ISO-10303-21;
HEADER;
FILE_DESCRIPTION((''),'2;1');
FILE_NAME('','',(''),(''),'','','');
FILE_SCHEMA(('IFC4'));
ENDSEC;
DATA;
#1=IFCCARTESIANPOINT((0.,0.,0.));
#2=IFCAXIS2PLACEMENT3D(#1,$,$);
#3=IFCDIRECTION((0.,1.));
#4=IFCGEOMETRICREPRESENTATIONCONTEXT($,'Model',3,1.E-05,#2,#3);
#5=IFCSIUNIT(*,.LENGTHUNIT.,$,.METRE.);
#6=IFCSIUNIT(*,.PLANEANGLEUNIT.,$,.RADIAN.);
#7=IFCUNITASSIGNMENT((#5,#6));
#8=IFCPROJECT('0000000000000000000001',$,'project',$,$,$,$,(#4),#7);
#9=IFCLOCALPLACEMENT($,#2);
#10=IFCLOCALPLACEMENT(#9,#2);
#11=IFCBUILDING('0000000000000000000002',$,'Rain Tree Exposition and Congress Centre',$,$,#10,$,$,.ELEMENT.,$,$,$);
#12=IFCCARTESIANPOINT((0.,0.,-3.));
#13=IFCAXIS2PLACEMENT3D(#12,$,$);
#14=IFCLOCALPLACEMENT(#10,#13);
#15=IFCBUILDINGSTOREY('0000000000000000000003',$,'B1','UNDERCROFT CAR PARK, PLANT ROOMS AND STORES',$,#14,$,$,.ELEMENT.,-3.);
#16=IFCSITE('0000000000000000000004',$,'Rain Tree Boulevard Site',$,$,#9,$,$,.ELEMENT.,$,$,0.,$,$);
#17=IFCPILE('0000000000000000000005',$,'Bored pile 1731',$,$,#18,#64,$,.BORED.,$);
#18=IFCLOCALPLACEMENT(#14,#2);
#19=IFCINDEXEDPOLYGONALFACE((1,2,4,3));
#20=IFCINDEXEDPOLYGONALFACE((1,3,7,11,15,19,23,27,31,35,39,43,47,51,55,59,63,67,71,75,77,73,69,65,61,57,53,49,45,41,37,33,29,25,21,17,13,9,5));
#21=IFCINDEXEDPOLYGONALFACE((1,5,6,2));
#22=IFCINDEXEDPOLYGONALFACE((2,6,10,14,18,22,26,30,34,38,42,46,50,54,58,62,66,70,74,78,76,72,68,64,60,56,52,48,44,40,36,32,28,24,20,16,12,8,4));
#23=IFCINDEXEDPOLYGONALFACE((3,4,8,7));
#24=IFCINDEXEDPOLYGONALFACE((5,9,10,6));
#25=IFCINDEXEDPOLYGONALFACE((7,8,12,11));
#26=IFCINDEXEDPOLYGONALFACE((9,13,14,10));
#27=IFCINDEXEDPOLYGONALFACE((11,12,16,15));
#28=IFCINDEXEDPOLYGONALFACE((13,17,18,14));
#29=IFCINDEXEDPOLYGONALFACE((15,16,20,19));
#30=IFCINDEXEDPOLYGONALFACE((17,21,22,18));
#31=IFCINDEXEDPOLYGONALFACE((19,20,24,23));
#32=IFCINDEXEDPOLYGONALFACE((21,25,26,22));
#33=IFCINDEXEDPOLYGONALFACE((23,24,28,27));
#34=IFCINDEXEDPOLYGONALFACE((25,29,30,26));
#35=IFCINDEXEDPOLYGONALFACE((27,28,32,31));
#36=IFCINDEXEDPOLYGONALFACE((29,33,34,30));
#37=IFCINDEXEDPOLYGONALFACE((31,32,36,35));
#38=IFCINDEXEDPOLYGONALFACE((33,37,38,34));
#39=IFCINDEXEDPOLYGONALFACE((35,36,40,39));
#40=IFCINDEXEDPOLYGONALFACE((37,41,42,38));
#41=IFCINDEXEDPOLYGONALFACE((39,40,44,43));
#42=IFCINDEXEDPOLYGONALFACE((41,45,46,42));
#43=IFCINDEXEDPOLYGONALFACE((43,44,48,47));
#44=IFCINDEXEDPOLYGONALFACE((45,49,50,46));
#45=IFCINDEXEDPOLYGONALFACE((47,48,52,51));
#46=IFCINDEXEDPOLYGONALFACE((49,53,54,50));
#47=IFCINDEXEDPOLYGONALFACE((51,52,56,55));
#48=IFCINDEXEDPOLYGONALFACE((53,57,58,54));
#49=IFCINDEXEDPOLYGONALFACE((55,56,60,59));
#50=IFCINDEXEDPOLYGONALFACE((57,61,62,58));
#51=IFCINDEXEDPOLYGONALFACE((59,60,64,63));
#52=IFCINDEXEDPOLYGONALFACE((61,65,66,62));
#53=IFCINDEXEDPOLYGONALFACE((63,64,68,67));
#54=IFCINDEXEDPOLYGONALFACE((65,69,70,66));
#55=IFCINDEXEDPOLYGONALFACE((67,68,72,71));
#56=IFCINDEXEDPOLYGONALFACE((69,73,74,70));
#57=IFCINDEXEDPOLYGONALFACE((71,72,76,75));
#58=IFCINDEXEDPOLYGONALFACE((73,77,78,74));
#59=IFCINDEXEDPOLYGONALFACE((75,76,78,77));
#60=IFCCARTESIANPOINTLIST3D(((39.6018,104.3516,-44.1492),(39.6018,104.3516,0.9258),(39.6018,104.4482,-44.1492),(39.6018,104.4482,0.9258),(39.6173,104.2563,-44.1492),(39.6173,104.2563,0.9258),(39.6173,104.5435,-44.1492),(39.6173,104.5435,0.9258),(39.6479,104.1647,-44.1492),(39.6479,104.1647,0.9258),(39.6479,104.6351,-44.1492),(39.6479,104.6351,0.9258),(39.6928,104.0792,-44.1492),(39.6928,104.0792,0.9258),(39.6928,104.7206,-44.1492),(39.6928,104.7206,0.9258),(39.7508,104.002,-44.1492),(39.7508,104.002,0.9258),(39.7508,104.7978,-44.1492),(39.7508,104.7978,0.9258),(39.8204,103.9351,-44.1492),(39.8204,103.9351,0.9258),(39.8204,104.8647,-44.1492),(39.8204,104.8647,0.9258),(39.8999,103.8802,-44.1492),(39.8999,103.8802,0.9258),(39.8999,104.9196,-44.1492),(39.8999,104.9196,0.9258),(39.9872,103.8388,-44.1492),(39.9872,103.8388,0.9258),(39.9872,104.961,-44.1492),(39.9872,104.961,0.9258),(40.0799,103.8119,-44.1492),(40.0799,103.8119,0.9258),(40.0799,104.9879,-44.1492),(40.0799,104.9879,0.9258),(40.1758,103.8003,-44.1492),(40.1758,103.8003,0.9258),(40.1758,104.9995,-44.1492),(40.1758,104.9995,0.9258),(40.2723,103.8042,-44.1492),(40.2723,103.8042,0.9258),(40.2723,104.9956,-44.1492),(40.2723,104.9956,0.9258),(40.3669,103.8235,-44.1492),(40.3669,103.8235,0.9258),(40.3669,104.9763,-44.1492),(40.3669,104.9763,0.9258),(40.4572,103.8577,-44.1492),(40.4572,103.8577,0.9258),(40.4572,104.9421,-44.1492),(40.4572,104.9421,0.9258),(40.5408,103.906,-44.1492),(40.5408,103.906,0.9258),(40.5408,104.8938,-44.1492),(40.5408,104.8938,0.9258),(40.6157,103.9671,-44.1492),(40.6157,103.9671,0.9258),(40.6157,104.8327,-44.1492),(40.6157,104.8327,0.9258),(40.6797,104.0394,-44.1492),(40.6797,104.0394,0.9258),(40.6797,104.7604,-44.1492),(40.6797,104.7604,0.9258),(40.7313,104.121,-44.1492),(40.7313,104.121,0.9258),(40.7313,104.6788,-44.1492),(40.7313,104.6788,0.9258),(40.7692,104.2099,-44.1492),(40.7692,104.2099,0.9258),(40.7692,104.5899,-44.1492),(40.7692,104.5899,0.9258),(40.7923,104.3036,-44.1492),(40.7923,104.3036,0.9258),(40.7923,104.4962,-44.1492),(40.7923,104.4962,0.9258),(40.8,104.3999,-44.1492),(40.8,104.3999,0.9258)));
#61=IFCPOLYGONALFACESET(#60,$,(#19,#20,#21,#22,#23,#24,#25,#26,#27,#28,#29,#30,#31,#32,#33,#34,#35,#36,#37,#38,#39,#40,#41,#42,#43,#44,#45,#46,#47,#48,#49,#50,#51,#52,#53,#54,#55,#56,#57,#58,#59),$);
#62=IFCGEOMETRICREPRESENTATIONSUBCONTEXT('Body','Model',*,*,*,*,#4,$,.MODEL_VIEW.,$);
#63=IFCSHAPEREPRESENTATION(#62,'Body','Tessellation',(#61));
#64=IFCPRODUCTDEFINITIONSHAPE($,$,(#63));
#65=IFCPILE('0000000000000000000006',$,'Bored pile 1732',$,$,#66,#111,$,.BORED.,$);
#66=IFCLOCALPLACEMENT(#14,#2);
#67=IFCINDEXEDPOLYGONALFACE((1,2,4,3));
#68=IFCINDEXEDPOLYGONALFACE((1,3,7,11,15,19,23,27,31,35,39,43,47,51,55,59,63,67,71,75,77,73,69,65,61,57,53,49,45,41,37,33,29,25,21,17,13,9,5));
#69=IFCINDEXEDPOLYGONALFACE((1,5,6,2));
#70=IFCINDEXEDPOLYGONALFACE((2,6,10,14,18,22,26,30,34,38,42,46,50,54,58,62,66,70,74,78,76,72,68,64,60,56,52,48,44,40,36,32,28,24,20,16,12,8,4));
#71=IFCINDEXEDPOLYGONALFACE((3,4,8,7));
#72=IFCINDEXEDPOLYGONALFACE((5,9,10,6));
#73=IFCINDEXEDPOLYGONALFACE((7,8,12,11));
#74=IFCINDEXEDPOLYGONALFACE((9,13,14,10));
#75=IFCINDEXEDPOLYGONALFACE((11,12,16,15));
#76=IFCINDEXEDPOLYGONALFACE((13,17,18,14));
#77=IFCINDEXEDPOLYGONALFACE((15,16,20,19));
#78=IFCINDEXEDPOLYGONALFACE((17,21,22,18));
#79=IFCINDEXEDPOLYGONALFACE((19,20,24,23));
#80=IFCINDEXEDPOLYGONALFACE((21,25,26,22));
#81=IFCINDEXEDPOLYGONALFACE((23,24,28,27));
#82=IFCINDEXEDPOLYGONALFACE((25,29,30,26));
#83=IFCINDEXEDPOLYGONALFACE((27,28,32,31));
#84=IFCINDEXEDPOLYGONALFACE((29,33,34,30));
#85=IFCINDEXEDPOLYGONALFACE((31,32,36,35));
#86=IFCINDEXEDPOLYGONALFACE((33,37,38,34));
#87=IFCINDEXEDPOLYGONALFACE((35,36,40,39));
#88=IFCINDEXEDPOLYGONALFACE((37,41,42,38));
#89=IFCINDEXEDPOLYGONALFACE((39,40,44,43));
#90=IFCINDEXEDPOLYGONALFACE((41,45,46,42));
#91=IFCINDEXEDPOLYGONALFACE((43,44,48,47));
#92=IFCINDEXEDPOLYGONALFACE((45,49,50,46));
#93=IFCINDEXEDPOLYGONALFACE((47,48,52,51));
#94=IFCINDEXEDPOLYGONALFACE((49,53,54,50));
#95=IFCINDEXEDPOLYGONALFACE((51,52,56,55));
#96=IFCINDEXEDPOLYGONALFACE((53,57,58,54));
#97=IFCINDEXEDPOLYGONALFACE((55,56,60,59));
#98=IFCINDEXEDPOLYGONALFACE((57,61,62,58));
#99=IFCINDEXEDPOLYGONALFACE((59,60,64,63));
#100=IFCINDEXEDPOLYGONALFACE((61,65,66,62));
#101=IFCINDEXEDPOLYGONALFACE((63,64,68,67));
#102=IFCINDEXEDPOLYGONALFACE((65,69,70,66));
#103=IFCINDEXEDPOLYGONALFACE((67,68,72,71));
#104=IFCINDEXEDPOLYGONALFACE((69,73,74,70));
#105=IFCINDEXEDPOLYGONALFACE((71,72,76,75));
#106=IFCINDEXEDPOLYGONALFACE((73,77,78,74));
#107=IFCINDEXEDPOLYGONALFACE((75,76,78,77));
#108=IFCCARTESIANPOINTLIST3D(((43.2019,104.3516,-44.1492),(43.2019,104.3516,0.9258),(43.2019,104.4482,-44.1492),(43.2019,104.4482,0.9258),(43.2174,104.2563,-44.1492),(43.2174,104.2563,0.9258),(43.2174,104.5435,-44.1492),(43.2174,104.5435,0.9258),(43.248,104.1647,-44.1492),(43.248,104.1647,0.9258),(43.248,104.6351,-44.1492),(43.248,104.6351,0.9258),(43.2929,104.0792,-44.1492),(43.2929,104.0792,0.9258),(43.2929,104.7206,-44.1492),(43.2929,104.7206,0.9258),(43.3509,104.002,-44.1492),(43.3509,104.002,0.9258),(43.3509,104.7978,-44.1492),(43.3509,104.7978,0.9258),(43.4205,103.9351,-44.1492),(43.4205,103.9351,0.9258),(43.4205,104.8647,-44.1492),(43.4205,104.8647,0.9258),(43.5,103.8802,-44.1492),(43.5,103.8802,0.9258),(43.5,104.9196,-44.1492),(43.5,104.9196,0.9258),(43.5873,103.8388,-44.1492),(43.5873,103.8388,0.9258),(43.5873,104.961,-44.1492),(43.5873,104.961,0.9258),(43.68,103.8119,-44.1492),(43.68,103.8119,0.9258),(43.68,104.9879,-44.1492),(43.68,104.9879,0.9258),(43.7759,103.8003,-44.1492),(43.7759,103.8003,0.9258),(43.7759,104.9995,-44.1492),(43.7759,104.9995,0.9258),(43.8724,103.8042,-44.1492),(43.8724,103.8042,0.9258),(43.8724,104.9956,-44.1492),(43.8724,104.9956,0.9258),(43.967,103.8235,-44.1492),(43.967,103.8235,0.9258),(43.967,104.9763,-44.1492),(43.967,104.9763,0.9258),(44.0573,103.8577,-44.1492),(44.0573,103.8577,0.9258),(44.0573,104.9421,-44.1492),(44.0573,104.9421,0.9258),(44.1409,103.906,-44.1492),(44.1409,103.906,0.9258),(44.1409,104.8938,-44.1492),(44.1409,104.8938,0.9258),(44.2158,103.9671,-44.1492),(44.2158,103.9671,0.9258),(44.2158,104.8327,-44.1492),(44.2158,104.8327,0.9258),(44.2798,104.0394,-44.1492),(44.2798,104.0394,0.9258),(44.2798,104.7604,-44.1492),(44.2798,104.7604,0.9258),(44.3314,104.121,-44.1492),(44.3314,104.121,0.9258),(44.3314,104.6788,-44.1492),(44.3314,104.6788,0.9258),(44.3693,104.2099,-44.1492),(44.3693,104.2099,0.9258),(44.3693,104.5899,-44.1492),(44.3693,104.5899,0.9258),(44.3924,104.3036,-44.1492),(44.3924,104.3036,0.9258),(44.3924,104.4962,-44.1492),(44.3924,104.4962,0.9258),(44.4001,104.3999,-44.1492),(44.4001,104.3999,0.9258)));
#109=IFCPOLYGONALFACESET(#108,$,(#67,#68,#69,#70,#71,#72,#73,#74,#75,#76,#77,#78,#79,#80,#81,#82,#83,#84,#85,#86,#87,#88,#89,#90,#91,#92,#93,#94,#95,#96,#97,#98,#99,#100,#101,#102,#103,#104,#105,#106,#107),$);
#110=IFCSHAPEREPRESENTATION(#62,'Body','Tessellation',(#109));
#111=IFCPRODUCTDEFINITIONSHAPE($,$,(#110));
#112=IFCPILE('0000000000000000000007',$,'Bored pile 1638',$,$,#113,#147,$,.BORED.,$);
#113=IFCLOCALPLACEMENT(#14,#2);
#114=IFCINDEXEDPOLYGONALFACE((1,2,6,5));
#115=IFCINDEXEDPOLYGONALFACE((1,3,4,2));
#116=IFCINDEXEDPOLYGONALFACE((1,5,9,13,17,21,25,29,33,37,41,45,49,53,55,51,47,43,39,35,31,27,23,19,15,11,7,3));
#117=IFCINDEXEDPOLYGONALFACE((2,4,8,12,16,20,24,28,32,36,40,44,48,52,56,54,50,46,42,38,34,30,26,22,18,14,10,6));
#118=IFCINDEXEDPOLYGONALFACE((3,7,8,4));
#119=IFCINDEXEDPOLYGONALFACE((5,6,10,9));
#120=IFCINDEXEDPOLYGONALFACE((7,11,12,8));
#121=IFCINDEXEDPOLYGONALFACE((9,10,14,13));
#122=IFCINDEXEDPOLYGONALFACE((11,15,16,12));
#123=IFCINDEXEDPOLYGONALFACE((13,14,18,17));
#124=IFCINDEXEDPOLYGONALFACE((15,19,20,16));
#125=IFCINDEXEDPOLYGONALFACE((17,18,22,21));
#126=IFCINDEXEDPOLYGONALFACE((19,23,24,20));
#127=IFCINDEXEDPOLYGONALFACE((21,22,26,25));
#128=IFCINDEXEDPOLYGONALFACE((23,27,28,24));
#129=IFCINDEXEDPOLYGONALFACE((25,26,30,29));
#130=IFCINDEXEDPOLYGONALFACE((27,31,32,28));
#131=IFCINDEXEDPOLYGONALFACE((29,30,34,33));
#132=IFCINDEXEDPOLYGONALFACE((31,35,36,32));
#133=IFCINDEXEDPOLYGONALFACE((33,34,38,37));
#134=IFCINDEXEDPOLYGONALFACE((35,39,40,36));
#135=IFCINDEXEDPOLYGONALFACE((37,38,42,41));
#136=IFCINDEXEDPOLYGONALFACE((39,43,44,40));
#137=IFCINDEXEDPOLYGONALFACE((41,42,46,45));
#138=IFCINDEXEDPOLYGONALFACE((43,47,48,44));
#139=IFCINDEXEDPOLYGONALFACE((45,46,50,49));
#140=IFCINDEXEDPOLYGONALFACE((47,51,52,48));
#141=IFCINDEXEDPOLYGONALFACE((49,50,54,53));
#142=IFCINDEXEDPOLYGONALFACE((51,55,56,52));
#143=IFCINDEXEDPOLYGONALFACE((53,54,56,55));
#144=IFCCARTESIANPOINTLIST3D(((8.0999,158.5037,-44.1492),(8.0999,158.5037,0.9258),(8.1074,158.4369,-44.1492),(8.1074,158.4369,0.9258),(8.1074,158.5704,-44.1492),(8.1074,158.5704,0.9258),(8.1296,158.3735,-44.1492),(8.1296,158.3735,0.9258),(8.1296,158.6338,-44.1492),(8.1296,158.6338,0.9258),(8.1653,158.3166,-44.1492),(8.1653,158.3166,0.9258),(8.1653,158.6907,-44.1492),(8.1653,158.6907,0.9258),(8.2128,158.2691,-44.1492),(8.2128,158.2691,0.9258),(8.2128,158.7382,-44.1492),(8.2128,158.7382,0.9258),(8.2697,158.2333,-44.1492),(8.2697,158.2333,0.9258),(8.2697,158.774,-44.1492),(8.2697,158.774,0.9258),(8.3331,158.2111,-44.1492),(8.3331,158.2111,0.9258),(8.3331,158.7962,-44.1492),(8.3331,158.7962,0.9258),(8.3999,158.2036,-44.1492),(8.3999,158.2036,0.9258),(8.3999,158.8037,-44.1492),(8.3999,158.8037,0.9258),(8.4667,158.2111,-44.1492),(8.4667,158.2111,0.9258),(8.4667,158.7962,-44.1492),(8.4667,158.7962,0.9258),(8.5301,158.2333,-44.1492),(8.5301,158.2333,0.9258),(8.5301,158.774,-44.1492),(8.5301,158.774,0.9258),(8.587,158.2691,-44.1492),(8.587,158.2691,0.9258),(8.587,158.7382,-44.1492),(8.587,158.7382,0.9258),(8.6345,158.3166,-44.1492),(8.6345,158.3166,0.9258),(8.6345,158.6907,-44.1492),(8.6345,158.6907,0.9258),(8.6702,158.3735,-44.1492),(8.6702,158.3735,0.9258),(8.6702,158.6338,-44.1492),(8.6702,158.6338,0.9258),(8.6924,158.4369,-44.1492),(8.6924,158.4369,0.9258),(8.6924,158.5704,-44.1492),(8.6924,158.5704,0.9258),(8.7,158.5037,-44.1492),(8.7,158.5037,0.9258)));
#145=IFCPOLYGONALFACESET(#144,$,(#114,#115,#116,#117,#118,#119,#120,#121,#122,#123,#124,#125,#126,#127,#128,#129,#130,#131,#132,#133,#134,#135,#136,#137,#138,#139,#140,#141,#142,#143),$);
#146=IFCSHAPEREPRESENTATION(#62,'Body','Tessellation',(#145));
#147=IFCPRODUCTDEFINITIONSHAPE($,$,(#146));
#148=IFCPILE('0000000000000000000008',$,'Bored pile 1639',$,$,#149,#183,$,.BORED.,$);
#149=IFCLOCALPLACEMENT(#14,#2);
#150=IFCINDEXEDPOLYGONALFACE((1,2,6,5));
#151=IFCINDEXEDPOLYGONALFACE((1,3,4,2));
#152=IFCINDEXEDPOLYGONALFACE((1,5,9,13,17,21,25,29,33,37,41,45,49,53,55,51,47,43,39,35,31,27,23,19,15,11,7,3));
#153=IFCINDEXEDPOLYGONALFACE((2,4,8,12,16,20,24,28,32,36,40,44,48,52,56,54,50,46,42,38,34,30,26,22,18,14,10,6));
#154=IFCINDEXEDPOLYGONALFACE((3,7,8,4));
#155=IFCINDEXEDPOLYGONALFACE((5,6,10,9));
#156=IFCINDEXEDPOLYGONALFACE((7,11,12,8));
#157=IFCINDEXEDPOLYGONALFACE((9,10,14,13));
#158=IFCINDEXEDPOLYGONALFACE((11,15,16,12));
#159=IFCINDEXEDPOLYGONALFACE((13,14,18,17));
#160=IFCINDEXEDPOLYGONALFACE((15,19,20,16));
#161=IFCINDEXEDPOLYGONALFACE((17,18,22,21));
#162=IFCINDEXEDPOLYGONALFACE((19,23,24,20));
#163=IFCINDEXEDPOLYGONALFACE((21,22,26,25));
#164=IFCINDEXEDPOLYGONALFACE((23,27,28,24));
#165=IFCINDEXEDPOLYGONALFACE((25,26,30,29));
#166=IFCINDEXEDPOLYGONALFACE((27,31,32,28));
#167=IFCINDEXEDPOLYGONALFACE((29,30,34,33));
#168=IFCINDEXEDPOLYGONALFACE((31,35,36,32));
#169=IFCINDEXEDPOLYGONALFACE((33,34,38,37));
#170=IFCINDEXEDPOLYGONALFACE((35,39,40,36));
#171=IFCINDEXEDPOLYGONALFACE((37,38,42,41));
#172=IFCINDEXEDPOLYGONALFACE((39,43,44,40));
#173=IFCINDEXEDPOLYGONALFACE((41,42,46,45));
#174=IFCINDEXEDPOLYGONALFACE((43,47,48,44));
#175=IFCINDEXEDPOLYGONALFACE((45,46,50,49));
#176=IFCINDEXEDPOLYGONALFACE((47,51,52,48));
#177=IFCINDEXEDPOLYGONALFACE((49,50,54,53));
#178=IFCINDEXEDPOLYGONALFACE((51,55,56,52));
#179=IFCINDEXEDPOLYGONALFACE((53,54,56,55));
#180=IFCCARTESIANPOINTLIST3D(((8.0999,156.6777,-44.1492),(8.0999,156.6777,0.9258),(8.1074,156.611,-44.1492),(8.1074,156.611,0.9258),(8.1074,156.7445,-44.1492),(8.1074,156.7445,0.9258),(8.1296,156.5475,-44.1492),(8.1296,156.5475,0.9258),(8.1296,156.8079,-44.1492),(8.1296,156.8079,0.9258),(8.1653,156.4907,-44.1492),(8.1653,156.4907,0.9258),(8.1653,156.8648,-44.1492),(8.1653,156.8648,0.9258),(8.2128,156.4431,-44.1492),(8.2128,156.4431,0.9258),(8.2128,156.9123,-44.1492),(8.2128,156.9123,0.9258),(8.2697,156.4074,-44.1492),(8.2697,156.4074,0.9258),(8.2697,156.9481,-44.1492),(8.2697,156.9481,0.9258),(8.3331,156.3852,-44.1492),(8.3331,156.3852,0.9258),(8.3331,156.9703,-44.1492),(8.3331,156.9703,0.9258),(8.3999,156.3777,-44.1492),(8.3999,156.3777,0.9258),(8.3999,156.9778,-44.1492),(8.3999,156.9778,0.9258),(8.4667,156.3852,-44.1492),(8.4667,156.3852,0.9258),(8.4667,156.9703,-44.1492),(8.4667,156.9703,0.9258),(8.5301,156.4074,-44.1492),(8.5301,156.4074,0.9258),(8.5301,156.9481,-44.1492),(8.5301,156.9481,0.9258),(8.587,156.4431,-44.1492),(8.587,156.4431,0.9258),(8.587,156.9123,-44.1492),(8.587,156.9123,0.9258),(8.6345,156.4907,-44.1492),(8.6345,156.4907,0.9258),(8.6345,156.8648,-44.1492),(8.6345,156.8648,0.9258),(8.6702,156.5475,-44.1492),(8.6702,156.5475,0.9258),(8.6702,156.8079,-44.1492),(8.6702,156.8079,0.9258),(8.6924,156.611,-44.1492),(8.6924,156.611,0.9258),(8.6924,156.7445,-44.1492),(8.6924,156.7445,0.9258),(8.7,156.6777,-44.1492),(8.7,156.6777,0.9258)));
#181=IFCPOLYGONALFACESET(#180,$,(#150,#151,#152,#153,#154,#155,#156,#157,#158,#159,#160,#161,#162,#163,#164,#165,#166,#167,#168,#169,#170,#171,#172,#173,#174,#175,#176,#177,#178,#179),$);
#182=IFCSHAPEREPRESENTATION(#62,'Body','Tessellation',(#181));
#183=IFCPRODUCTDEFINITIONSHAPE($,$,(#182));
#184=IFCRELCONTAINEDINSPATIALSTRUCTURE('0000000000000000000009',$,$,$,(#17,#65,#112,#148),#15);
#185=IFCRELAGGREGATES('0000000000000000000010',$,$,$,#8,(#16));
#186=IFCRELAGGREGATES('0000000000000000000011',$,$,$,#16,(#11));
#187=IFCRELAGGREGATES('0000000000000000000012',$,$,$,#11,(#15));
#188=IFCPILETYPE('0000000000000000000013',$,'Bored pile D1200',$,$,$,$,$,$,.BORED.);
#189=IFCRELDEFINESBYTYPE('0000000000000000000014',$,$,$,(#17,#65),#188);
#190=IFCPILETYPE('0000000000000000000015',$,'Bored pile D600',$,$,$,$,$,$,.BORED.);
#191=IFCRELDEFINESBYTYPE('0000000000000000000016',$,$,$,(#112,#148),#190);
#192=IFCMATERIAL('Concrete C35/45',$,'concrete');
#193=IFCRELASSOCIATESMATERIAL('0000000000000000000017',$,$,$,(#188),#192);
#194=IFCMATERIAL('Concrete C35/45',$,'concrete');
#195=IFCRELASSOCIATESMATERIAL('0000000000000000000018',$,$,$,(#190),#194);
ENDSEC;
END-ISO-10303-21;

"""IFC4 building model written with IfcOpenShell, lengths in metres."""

from ifc_helpers import new_model, si_unit, direction, frame, origin, origin_2d, place, context, subcontext, project, spatial, circle, extrude, material, material_profile, profile_set, type_object, element, save


model = new_model("IFC4")

# Units and contexts
model_context = context("Model", 3, precision=1e-05, world=origin(), true_north=direction((0.0, 1.0)))
body_context = subcontext(model_context, "Body", "Model", "MODEL_VIEW")
ifc_project = project(units=[si_unit("LENGTHUNIT", "METRE"), si_unit("PLANEANGLEUNIT", "RADIAN")], contexts=[model_context])

# Site, building, storey
site_placement = place(None, origin())
site = spatial("IfcSite", under=ifc_project, at=site_placement, Name="Rain Tree Boulevard Site", CompositionType="ELEMENT", RefElevation=0.0)
building_placement = place(site_placement, origin())
building = spatial("IfcBuilding", under=site, at=building_placement, Name="Rain Tree Exposition and Congress Centre", CompositionType="ELEMENT")
storey_placement = place(building_placement, frame((0.0, 0.0, -3.0)))
storey = spatial("IfcBuildingStorey", under=building, at=storey_placement, Name="B1", Description="UNDERCROFT CAR PARK, PLANT ROOMS AND STORES", CompositionType="ELEMENT", Elevation=-3.0)

# Piles
ifc_material_1 = material(Name="Concrete C35/45", Category="concrete")
ifc_material_profile_1 = material_profile(ifc_material_1, circle(Radius=0.6001, at=origin_2d()), Name="D1200")
ifc_profile_set_1 = profile_set([ifc_material_profile_1], Name="Concrete C35/45")
pile_type_1 = type_object("IfcPileType", Name="Bored pile D1200", PredefinedType="BORED", material=ifc_profile_set_1)
for number, where, z_axis, x_axis, name in (
    (1, (40.2, 104.3999, 0.9258), (0.0, 0.0, -1.0), (1.0, 0.0, 0.0), "Bored pile 1731"),
    (2, (43.8, 104.3999, 0.9258), (0.0, 0.0, -1.0), (1.0, 0.0, 0.0), "Bored pile 1732"),
):
    element("IfcPile", number, at=place(storey_placement, frame(where, z_axis=z_axis, x_axis=x_axis)), inside=storey, type_object=pile_type_1, Name=name, PredefinedType="BORED", context=body_context, shape_type="SweptSolid", body=[
        extrude(circle(Radius=0.6001, at=origin_2d()), origin(), (0.0, 0.0, 1.0), 45.075),
    ])
ifc_material_2 = material(Name="Concrete C35/45", Category="concrete")
ifc_material_profile_2 = material_profile(ifc_material_2, circle(Radius=0.3, at=origin_2d()), Name="D600")
ifc_profile_set_2 = profile_set([ifc_material_profile_2], Name="Concrete C35/45")
pile_type_2 = type_object("IfcPileType", Name="Bored pile D600", PredefinedType="BORED", material=ifc_profile_set_2)
for number, where, z_axis, x_axis, name in (
    (3, (8.3999, 158.5037, 0.9258), (0.0, 0.0, -1.0), (1.0, 0.0, 0.0), "Bored pile 1638"),
    (4, (8.3999, 156.6777, 0.9258), (0.0, 0.0, -1.0), (1.0, 0.0, 0.0), "Bored pile 1639"),
):
    element("IfcPile", number, at=place(storey_placement, frame(where, z_axis=z_axis, x_axis=x_axis)), inside=storey, type_object=pile_type_2, Name=name, PredefinedType="BORED", context=body_context, shape_type="SweptSolid", body=[
        extrude(circle(Radius=0.3, at=origin_2d()), origin(), (0.0, 0.0, 1.0), 45.075),
    ])

save(model, "model.ifc")
